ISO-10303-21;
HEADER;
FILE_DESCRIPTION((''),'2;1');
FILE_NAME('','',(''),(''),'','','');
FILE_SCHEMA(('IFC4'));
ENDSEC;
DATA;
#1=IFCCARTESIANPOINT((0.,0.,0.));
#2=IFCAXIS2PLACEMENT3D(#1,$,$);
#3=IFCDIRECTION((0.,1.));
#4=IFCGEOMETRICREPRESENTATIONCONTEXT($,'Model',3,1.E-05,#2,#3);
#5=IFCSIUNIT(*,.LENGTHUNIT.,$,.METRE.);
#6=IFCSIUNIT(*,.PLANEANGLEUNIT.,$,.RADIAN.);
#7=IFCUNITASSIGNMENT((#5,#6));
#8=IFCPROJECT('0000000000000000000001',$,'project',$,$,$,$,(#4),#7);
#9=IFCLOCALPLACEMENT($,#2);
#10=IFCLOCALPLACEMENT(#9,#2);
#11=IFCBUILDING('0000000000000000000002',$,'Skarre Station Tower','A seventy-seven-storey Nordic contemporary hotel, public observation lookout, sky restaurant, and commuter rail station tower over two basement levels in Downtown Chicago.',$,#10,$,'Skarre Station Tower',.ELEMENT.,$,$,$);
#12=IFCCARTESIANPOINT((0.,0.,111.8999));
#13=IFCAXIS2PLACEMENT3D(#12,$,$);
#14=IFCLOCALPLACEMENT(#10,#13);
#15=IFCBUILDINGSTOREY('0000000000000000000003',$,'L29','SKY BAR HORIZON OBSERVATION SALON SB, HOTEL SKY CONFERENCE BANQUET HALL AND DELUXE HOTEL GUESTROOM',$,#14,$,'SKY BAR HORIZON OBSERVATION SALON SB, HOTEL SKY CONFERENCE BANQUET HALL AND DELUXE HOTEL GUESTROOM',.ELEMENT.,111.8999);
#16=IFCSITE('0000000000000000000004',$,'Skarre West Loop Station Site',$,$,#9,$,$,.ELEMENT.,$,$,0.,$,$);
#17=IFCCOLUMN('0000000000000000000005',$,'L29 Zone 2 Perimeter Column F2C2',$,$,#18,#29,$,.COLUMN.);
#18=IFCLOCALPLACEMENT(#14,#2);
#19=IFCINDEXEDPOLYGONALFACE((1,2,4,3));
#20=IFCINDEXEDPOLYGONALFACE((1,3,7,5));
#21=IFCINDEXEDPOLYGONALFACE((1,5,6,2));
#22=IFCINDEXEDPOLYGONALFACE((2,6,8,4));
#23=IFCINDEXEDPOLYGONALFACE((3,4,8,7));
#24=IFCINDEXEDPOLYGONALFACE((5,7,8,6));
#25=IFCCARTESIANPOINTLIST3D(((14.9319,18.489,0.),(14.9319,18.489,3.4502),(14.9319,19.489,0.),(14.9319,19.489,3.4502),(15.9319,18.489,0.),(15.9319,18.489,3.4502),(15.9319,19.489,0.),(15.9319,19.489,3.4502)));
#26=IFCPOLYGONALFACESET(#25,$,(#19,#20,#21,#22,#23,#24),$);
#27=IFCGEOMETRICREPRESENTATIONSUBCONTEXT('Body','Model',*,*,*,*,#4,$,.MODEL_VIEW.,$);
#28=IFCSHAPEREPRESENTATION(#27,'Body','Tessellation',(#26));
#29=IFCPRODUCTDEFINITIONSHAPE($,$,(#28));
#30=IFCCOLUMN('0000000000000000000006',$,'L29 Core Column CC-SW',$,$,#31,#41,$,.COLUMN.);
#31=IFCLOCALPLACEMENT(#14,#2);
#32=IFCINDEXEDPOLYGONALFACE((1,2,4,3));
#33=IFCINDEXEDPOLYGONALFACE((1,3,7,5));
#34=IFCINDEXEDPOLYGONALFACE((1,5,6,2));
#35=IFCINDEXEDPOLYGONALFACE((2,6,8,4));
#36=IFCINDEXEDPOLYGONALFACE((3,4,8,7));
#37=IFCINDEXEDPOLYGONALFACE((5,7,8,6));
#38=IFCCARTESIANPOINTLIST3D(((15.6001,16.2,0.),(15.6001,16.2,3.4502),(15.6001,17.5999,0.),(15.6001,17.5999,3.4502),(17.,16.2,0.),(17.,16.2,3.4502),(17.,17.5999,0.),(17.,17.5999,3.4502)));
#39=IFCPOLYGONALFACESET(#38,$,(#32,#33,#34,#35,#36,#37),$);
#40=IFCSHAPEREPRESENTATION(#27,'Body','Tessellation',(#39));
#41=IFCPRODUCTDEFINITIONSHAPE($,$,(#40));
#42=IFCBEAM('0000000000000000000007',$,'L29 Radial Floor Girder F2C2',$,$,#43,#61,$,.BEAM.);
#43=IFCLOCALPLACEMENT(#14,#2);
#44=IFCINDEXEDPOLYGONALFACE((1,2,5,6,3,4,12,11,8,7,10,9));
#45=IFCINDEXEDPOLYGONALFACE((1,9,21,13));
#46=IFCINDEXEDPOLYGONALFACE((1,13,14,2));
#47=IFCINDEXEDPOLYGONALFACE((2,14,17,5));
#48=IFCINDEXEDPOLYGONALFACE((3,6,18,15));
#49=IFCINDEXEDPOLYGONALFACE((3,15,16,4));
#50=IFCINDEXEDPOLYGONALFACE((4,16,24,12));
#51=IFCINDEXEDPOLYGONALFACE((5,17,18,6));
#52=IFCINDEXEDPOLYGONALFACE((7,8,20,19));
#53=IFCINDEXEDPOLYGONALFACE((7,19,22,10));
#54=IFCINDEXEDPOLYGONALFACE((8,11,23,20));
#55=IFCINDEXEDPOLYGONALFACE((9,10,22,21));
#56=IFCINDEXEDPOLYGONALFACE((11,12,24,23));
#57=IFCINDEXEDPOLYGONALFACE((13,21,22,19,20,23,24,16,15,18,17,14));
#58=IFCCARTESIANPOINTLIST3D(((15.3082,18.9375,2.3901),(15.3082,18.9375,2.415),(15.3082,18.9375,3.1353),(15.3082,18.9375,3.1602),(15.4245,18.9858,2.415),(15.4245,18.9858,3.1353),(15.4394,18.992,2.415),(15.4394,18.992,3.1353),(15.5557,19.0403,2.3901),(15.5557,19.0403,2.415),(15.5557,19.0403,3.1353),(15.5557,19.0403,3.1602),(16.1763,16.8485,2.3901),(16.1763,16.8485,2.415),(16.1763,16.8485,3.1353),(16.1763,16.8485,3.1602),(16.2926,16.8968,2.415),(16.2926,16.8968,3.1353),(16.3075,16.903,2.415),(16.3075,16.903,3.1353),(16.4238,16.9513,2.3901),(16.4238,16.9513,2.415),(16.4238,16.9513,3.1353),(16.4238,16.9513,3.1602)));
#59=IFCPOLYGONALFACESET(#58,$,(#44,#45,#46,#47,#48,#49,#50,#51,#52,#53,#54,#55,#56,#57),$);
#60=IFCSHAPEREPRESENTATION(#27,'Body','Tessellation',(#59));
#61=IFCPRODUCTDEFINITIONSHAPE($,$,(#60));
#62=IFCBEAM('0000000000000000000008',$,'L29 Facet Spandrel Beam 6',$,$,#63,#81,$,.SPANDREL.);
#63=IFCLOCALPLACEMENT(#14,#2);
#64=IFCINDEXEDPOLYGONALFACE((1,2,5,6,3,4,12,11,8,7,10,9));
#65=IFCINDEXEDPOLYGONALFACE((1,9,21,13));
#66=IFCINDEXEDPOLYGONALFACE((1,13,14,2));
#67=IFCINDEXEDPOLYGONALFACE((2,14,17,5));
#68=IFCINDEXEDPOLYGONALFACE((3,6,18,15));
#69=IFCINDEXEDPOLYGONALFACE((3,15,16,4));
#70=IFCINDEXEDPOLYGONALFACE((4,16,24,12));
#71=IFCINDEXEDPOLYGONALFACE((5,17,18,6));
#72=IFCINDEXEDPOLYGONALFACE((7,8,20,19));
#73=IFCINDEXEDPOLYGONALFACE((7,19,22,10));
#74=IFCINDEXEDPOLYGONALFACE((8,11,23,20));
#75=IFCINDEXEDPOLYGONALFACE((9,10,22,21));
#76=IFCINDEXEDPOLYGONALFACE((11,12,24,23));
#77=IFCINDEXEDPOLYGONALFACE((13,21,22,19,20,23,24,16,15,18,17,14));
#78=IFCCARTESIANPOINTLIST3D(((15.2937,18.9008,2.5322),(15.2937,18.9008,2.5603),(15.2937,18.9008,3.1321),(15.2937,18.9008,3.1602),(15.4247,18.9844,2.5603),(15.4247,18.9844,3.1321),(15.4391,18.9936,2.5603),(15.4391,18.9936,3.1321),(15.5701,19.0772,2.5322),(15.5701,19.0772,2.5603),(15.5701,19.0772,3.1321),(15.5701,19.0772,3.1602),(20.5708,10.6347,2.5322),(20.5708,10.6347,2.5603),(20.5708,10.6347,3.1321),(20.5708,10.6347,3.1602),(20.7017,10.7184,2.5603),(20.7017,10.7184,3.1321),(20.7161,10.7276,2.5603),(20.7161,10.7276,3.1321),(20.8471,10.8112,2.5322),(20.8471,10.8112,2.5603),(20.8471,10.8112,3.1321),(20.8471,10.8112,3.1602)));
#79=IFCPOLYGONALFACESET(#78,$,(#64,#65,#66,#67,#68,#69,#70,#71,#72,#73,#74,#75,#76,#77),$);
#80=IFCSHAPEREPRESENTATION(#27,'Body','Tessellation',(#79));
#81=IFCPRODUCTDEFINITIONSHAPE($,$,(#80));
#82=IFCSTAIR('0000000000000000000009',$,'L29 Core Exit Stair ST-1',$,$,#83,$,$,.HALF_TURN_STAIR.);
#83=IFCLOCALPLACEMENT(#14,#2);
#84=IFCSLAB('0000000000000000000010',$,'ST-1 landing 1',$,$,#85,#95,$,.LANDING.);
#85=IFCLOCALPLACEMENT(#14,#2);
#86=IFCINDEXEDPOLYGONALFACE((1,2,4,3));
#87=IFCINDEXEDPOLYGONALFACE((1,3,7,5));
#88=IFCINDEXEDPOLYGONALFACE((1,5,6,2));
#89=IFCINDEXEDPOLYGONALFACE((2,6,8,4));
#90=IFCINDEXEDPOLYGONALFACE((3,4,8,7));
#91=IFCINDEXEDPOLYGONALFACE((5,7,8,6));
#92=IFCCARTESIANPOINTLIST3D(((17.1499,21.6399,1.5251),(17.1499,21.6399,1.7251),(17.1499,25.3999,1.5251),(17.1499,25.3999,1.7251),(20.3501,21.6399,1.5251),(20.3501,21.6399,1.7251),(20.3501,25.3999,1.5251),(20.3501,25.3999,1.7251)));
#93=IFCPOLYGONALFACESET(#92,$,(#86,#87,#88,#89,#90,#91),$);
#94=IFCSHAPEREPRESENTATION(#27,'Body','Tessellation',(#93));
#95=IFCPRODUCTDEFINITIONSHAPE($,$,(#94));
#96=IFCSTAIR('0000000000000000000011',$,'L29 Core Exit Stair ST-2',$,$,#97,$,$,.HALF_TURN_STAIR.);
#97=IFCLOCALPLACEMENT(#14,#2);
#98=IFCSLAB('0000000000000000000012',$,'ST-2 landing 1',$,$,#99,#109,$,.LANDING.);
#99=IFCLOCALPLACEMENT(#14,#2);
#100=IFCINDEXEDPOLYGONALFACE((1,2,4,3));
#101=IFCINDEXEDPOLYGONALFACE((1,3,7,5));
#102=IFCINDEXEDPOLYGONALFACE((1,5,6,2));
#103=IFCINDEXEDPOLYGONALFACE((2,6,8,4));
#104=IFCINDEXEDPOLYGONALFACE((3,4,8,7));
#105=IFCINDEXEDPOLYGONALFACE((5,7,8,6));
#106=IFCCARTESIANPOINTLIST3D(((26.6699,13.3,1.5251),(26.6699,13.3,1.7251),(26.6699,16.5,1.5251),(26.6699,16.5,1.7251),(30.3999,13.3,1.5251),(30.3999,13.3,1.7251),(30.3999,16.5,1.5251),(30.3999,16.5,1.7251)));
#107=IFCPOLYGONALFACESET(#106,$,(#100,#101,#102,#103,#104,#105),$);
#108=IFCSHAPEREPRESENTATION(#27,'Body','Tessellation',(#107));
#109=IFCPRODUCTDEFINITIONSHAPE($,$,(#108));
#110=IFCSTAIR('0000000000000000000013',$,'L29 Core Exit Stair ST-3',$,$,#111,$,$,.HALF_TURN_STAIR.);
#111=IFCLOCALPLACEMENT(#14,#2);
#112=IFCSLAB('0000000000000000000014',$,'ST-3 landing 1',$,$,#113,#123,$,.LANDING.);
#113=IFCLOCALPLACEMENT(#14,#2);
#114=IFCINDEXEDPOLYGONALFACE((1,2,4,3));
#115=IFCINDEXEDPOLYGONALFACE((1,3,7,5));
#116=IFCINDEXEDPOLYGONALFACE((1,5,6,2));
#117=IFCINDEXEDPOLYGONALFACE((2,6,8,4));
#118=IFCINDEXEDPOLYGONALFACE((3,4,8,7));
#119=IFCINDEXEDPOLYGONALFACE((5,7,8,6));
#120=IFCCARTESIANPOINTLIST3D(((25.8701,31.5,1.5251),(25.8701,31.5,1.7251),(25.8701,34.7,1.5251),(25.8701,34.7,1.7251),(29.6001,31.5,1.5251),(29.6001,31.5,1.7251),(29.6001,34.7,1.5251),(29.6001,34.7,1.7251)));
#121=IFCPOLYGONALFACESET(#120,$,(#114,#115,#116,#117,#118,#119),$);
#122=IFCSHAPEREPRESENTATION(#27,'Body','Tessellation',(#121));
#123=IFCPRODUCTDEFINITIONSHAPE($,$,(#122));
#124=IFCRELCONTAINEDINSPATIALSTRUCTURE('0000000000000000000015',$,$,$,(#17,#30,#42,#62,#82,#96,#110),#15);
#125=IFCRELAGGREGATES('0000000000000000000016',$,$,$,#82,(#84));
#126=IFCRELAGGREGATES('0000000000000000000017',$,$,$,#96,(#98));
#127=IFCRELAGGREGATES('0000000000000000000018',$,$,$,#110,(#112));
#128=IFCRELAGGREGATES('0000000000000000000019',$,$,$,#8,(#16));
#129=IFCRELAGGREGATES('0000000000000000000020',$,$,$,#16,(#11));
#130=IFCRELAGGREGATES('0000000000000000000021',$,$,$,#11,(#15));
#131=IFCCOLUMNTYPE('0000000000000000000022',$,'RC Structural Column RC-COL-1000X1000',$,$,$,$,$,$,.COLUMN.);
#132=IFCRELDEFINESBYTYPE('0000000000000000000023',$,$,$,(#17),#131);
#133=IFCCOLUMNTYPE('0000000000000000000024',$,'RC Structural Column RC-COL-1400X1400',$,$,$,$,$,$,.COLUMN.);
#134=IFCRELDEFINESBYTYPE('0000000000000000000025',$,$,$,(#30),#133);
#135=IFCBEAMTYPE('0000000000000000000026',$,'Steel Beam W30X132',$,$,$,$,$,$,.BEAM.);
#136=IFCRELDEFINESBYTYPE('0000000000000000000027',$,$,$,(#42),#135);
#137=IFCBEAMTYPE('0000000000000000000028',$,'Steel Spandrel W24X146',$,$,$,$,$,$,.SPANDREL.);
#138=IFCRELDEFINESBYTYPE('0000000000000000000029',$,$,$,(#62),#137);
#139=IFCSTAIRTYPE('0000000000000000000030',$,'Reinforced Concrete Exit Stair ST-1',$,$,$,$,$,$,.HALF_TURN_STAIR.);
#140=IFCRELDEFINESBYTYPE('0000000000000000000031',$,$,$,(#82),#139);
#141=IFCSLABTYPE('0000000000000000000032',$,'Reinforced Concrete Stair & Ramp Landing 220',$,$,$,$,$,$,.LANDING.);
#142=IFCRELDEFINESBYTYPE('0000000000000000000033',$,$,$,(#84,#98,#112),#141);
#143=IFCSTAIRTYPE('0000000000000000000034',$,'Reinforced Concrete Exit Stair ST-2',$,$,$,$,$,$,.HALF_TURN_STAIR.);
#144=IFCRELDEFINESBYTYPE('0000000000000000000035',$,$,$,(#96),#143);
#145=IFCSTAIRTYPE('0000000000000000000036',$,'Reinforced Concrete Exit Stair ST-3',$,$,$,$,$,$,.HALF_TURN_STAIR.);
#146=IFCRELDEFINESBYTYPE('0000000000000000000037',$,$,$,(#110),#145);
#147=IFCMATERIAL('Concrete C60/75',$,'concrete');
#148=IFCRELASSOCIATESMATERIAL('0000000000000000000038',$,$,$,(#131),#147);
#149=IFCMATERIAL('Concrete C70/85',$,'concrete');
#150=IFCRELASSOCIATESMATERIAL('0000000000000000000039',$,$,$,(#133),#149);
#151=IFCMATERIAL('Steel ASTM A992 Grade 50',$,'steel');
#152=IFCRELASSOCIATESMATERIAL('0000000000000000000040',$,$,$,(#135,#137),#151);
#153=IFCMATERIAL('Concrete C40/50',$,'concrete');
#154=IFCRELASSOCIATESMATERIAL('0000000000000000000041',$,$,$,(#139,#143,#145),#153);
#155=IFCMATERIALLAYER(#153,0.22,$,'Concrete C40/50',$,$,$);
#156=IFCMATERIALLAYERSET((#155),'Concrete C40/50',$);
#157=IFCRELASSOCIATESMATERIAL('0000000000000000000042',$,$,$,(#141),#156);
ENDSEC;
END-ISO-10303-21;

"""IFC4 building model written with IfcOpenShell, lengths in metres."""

from ifc_helpers import new_model, si_unit, direction, frame, origin, origin_2d, place, context, subcontext, project, spatial, polyline, rectangle, i_section, outline, extrude, material, layer, layer_set, material_profile, profile_set, type_object, element, aggregate, save


model = new_model("IFC4")

# Units and contexts
model_context = context("Model", 3, precision=1e-05, world=origin(), true_north=direction((0.0, 1.0)))
body_context = subcontext(model_context, "Body", "Model", "MODEL_VIEW")
ifc_project = project(units=[si_unit("LENGTHUNIT", "METRE"), si_unit("PLANEANGLEUNIT", "RADIAN")], contexts=[model_context])

# Site, building, storey
site_placement = place(None, origin())
site = spatial("IfcSite", under=ifc_project, at=site_placement, Name="Skarre West Loop Station Site", CompositionType="ELEMENT", RefElevation=0.0)
building_placement = place(site_placement, origin())
building = spatial("IfcBuilding", under=site, at=building_placement, Name="Skarre Station Tower", Description="A seventy-seven-storey Nordic contemporary hotel, public observation lookout, sky restaurant, and commuter rail station tower over two basement levels in Downtown Chicago.", LongName="Skarre Station Tower", CompositionType="ELEMENT")
storey_placement = place(building_placement, frame((0.0, 0.0, 111.8999)))
storey = spatial("IfcBuildingStorey", under=building, at=storey_placement, Name="L29", Description="SKY BAR HORIZON OBSERVATION SALON SB, HOTEL SKY CONFERENCE BANQUET HALL AND DELUXE HOTEL GUESTROOM", LongName="SKY BAR HORIZON OBSERVATION SALON SB, HOTEL SKY CONFERENCE BANQUET HALL AND DELUXE HOTEL GUESTROOM", CompositionType="ELEMENT", Elevation=111.8999)

# Columns
ifc_material_1 = material(Name="Concrete C60/75", Category="concrete")
ifc_material_profile_1 = material_profile(ifc_material_1, rectangle(XDim=1.0, YDim=1.0, at=origin_2d()), Name="Concrete C60/75")
ifc_profile_set_1 = profile_set([ifc_material_profile_1], Name="Concrete C60/75")
column_type_1 = type_object("IfcColumnType", Name="RC Structural Column RC-COL-1000X1000", PredefinedType="COLUMN", material=ifc_profile_set_1)
column_1_placement = place(storey_placement, frame((15.4319, 18.989, 0.0), z_axis=(0.0, 0.0, 1.0), x_axis=(1.0, 0.0, 0.0)))
element("IfcColumn", 1, at=column_1_placement, inside=storey, type_object=column_type_1, Name="L29 Zone 2 Perimeter Column F2C2", PredefinedType="COLUMN", context=body_context, shape_type="SweptSolid", body=[
    extrude(rectangle(XDim=1.0, YDim=1.0, at=origin_2d()), origin(), (0.0, 0.0, 1.0), 3.4502),
])
ifc_material_2 = material(Name="Concrete C70/85", Category="concrete")
ifc_material_profile_2 = material_profile(ifc_material_2, rectangle(XDim=1.3999, YDim=1.3999, at=origin_2d()), Name="Concrete C70/85")
ifc_profile_set_2 = profile_set([ifc_material_profile_2], Name="Concrete C70/85")
column_type_2 = type_object("IfcColumnType", Name="RC Structural Column RC-COL-1400X1400", PredefinedType="COLUMN", material=ifc_profile_set_2)
column_2_placement = place(storey_placement, frame((16.3, 16.8999, 0.0), z_axis=(0.0, 0.0, 1.0), x_axis=(1.0, 0.0, 0.0)))
element("IfcColumn", 2, at=column_2_placement, inside=storey, type_object=column_type_2, Name="L29 Core Column CC-SW", PredefinedType="COLUMN", context=body_context, shape_type="SweptSolid", body=[
    extrude(rectangle(XDim=1.3999, YDim=1.3999, at=origin_2d()), origin(), (0.0, 0.0, 1.0), 3.4502),
])

# Beams
ifc_material_3 = material(Name="Steel ASTM A992 Grade 50", Category="steel")
ifc_material_profile_3 = material_profile(ifc_material_3, i_section(OverallWidth=0.2681, OverallDepth=0.77, WebThickness=0.0161, FlangeThickness=0.0249, at=origin_2d()), Name="Steel ASTM A992 Grade 50")
ifc_profile_set_3 = profile_set([ifc_material_profile_3], Name="Steel ASTM A992 Grade 50")
beam_type_1 = type_object("IfcBeamType", Name="Steel Beam W30X132", PredefinedType="BEAM", material=ifc_profile_set_3)
beam_1_placement = place(storey_placement, frame((16.3, 16.8999, 2.7751), z_axis=(-0.383749, 0.923437, 0.0), x_axis=(-0.923437, -0.383749, 0.0)))
element("IfcBeam", 3, at=beam_1_placement, inside=storey, type_object=beam_type_1, Name="L29 Radial Floor Girder F2C2", PredefinedType="BEAM", context=body_context, shape_type="SweptSolid", body=[
    extrude(i_section(OverallWidth=0.2681, OverallDepth=0.77, WebThickness=0.0161, FlangeThickness=0.0249, at=origin_2d()), origin(), (0.0, 0.0, 1.0), 2.2622),
])
ifc_material_profile_4 = material_profile(ifc_material_3, i_section(OverallWidth=0.3279, OverallDepth=0.6279, WebThickness=0.0171, FlangeThickness=0.0281, at=origin_2d()), Name="Steel ASTM A992 Grade 50")
ifc_profile_set_4 = profile_set([ifc_material_profile_4], Name="Steel ASTM A992 Grade 50")
beam_type_2 = type_object("IfcBeamType", Name="Steel Spandrel W24X146", PredefinedType="SPANDREL", material=ifc_profile_set_4)
beam_2_placement = place(storey_placement, frame((15.4319, 18.989, 2.8462), z_axis=(0.538098, -0.842883, 0.0), x_axis=(0.842883, 0.538098, 0.0)))
element("IfcBeam", 4, at=beam_2_placement, inside=storey, type_object=beam_type_2, Name="L29 Facet Spandrel Beam 6", PredefinedType="SPANDREL", context=body_context, shape_type="SweptSolid", body=[
    extrude(i_section(OverallWidth=0.3279, OverallDepth=0.6279, WebThickness=0.0171, FlangeThickness=0.0281, at=origin_2d()), origin(), (0.0, 0.0, 1.0), 9.8069),
])

# Stairs, slabs
ifc_material_4 = material(Name="Concrete C40/50", Category="concrete")
stair_type_1 = type_object("IfcStairType", Name="Reinforced Concrete Exit Stair ST-1", PredefinedType="HALF_TURN_STAIR", material=ifc_material_4)
stair_1_placement = place(storey_placement, origin())
stair_1 = element("IfcStair", 5, at=stair_1_placement, inside=storey, type_object=stair_type_1, Name="L29 Core Exit Stair ST-1", PredefinedType="HALF_TURN_STAIR")
ifc_layer_1 = layer(ifc_material_4, 0.22, Name="Concrete C40/50")
ifc_layer_set_1 = layer_set([ifc_layer_1], Name="Concrete C40/50")
slab_type_1 = type_object("IfcSlabType", Name="Reinforced Concrete Stair & Ramp Landing 220", PredefinedType="LANDING", material=ifc_layer_set_1)
slab_1_placement = place(storey_placement, frame((0.0, 0.0, 1.5251)))
slab_1 = element("IfcSlab", 6, at=slab_1_placement, type_object=slab_type_1, Name="ST-1 landing 1", PredefinedType="LANDING", context=body_context, shape_type="SweptSolid", body=[
    extrude(outline(polyline([(20.3501, 21.6399), (20.3501, 25.3999), (17.1499, 25.3999), (17.1499, 21.6399), (20.3501, 21.6399)])), origin(), (0.0, 0.0, 1.0), 0.2),
])
aggregate(stair_1, [slab_1])
stair_type_2 = type_object("IfcStairType", Name="Reinforced Concrete Exit Stair ST-2", PredefinedType="HALF_TURN_STAIR", material=ifc_material_4)
stair_2_placement = place(storey_placement, origin())
stair_2 = element("IfcStair", 7, at=stair_2_placement, inside=storey, type_object=stair_type_2, Name="L29 Core Exit Stair ST-2", PredefinedType="HALF_TURN_STAIR")
slab_2_placement = place(storey_placement, frame((0.0, 0.0, 1.5251)))
slab_2 = element("IfcSlab", 8, at=slab_2_placement, type_object=slab_type_1, Name="ST-2 landing 1", PredefinedType="LANDING", context=body_context, shape_type="SweptSolid", body=[
    extrude(outline(polyline([(26.6699, 13.3), (30.3999, 13.3), (30.3999, 16.5), (26.6699, 16.5), (26.6699, 13.3)])), origin(), (0.0, 0.0, 1.0), 0.2),
])
aggregate(stair_2, [slab_2])
stair_type_3 = type_object("IfcStairType", Name="Reinforced Concrete Exit Stair ST-3", PredefinedType="HALF_TURN_STAIR", material=ifc_material_4)
stair_3_placement = place(storey_placement, origin())
stair_3 = element("IfcStair", 9, at=stair_3_placement, inside=storey, type_object=stair_type_3, Name="L29 Core Exit Stair ST-3", PredefinedType="HALF_TURN_STAIR")
slab_3_placement = place(storey_placement, frame((0.0, 0.0, 1.5251)))
slab_3 = element("IfcSlab", 10, at=slab_3_placement, type_object=slab_type_1, Name="ST-3 landing 1", PredefinedType="LANDING", context=body_context, shape_type="SweptSolid", body=[
    extrude(outline(polyline([(25.8701, 31.5), (29.6001, 31.5), (29.6001, 34.7), (25.8701, 34.7), (25.8701, 31.5)])), origin(), (0.0, 0.0, 1.0), 0.2),
])
aggregate(stair_3, [slab_3])

save(model, "model.ifc")
